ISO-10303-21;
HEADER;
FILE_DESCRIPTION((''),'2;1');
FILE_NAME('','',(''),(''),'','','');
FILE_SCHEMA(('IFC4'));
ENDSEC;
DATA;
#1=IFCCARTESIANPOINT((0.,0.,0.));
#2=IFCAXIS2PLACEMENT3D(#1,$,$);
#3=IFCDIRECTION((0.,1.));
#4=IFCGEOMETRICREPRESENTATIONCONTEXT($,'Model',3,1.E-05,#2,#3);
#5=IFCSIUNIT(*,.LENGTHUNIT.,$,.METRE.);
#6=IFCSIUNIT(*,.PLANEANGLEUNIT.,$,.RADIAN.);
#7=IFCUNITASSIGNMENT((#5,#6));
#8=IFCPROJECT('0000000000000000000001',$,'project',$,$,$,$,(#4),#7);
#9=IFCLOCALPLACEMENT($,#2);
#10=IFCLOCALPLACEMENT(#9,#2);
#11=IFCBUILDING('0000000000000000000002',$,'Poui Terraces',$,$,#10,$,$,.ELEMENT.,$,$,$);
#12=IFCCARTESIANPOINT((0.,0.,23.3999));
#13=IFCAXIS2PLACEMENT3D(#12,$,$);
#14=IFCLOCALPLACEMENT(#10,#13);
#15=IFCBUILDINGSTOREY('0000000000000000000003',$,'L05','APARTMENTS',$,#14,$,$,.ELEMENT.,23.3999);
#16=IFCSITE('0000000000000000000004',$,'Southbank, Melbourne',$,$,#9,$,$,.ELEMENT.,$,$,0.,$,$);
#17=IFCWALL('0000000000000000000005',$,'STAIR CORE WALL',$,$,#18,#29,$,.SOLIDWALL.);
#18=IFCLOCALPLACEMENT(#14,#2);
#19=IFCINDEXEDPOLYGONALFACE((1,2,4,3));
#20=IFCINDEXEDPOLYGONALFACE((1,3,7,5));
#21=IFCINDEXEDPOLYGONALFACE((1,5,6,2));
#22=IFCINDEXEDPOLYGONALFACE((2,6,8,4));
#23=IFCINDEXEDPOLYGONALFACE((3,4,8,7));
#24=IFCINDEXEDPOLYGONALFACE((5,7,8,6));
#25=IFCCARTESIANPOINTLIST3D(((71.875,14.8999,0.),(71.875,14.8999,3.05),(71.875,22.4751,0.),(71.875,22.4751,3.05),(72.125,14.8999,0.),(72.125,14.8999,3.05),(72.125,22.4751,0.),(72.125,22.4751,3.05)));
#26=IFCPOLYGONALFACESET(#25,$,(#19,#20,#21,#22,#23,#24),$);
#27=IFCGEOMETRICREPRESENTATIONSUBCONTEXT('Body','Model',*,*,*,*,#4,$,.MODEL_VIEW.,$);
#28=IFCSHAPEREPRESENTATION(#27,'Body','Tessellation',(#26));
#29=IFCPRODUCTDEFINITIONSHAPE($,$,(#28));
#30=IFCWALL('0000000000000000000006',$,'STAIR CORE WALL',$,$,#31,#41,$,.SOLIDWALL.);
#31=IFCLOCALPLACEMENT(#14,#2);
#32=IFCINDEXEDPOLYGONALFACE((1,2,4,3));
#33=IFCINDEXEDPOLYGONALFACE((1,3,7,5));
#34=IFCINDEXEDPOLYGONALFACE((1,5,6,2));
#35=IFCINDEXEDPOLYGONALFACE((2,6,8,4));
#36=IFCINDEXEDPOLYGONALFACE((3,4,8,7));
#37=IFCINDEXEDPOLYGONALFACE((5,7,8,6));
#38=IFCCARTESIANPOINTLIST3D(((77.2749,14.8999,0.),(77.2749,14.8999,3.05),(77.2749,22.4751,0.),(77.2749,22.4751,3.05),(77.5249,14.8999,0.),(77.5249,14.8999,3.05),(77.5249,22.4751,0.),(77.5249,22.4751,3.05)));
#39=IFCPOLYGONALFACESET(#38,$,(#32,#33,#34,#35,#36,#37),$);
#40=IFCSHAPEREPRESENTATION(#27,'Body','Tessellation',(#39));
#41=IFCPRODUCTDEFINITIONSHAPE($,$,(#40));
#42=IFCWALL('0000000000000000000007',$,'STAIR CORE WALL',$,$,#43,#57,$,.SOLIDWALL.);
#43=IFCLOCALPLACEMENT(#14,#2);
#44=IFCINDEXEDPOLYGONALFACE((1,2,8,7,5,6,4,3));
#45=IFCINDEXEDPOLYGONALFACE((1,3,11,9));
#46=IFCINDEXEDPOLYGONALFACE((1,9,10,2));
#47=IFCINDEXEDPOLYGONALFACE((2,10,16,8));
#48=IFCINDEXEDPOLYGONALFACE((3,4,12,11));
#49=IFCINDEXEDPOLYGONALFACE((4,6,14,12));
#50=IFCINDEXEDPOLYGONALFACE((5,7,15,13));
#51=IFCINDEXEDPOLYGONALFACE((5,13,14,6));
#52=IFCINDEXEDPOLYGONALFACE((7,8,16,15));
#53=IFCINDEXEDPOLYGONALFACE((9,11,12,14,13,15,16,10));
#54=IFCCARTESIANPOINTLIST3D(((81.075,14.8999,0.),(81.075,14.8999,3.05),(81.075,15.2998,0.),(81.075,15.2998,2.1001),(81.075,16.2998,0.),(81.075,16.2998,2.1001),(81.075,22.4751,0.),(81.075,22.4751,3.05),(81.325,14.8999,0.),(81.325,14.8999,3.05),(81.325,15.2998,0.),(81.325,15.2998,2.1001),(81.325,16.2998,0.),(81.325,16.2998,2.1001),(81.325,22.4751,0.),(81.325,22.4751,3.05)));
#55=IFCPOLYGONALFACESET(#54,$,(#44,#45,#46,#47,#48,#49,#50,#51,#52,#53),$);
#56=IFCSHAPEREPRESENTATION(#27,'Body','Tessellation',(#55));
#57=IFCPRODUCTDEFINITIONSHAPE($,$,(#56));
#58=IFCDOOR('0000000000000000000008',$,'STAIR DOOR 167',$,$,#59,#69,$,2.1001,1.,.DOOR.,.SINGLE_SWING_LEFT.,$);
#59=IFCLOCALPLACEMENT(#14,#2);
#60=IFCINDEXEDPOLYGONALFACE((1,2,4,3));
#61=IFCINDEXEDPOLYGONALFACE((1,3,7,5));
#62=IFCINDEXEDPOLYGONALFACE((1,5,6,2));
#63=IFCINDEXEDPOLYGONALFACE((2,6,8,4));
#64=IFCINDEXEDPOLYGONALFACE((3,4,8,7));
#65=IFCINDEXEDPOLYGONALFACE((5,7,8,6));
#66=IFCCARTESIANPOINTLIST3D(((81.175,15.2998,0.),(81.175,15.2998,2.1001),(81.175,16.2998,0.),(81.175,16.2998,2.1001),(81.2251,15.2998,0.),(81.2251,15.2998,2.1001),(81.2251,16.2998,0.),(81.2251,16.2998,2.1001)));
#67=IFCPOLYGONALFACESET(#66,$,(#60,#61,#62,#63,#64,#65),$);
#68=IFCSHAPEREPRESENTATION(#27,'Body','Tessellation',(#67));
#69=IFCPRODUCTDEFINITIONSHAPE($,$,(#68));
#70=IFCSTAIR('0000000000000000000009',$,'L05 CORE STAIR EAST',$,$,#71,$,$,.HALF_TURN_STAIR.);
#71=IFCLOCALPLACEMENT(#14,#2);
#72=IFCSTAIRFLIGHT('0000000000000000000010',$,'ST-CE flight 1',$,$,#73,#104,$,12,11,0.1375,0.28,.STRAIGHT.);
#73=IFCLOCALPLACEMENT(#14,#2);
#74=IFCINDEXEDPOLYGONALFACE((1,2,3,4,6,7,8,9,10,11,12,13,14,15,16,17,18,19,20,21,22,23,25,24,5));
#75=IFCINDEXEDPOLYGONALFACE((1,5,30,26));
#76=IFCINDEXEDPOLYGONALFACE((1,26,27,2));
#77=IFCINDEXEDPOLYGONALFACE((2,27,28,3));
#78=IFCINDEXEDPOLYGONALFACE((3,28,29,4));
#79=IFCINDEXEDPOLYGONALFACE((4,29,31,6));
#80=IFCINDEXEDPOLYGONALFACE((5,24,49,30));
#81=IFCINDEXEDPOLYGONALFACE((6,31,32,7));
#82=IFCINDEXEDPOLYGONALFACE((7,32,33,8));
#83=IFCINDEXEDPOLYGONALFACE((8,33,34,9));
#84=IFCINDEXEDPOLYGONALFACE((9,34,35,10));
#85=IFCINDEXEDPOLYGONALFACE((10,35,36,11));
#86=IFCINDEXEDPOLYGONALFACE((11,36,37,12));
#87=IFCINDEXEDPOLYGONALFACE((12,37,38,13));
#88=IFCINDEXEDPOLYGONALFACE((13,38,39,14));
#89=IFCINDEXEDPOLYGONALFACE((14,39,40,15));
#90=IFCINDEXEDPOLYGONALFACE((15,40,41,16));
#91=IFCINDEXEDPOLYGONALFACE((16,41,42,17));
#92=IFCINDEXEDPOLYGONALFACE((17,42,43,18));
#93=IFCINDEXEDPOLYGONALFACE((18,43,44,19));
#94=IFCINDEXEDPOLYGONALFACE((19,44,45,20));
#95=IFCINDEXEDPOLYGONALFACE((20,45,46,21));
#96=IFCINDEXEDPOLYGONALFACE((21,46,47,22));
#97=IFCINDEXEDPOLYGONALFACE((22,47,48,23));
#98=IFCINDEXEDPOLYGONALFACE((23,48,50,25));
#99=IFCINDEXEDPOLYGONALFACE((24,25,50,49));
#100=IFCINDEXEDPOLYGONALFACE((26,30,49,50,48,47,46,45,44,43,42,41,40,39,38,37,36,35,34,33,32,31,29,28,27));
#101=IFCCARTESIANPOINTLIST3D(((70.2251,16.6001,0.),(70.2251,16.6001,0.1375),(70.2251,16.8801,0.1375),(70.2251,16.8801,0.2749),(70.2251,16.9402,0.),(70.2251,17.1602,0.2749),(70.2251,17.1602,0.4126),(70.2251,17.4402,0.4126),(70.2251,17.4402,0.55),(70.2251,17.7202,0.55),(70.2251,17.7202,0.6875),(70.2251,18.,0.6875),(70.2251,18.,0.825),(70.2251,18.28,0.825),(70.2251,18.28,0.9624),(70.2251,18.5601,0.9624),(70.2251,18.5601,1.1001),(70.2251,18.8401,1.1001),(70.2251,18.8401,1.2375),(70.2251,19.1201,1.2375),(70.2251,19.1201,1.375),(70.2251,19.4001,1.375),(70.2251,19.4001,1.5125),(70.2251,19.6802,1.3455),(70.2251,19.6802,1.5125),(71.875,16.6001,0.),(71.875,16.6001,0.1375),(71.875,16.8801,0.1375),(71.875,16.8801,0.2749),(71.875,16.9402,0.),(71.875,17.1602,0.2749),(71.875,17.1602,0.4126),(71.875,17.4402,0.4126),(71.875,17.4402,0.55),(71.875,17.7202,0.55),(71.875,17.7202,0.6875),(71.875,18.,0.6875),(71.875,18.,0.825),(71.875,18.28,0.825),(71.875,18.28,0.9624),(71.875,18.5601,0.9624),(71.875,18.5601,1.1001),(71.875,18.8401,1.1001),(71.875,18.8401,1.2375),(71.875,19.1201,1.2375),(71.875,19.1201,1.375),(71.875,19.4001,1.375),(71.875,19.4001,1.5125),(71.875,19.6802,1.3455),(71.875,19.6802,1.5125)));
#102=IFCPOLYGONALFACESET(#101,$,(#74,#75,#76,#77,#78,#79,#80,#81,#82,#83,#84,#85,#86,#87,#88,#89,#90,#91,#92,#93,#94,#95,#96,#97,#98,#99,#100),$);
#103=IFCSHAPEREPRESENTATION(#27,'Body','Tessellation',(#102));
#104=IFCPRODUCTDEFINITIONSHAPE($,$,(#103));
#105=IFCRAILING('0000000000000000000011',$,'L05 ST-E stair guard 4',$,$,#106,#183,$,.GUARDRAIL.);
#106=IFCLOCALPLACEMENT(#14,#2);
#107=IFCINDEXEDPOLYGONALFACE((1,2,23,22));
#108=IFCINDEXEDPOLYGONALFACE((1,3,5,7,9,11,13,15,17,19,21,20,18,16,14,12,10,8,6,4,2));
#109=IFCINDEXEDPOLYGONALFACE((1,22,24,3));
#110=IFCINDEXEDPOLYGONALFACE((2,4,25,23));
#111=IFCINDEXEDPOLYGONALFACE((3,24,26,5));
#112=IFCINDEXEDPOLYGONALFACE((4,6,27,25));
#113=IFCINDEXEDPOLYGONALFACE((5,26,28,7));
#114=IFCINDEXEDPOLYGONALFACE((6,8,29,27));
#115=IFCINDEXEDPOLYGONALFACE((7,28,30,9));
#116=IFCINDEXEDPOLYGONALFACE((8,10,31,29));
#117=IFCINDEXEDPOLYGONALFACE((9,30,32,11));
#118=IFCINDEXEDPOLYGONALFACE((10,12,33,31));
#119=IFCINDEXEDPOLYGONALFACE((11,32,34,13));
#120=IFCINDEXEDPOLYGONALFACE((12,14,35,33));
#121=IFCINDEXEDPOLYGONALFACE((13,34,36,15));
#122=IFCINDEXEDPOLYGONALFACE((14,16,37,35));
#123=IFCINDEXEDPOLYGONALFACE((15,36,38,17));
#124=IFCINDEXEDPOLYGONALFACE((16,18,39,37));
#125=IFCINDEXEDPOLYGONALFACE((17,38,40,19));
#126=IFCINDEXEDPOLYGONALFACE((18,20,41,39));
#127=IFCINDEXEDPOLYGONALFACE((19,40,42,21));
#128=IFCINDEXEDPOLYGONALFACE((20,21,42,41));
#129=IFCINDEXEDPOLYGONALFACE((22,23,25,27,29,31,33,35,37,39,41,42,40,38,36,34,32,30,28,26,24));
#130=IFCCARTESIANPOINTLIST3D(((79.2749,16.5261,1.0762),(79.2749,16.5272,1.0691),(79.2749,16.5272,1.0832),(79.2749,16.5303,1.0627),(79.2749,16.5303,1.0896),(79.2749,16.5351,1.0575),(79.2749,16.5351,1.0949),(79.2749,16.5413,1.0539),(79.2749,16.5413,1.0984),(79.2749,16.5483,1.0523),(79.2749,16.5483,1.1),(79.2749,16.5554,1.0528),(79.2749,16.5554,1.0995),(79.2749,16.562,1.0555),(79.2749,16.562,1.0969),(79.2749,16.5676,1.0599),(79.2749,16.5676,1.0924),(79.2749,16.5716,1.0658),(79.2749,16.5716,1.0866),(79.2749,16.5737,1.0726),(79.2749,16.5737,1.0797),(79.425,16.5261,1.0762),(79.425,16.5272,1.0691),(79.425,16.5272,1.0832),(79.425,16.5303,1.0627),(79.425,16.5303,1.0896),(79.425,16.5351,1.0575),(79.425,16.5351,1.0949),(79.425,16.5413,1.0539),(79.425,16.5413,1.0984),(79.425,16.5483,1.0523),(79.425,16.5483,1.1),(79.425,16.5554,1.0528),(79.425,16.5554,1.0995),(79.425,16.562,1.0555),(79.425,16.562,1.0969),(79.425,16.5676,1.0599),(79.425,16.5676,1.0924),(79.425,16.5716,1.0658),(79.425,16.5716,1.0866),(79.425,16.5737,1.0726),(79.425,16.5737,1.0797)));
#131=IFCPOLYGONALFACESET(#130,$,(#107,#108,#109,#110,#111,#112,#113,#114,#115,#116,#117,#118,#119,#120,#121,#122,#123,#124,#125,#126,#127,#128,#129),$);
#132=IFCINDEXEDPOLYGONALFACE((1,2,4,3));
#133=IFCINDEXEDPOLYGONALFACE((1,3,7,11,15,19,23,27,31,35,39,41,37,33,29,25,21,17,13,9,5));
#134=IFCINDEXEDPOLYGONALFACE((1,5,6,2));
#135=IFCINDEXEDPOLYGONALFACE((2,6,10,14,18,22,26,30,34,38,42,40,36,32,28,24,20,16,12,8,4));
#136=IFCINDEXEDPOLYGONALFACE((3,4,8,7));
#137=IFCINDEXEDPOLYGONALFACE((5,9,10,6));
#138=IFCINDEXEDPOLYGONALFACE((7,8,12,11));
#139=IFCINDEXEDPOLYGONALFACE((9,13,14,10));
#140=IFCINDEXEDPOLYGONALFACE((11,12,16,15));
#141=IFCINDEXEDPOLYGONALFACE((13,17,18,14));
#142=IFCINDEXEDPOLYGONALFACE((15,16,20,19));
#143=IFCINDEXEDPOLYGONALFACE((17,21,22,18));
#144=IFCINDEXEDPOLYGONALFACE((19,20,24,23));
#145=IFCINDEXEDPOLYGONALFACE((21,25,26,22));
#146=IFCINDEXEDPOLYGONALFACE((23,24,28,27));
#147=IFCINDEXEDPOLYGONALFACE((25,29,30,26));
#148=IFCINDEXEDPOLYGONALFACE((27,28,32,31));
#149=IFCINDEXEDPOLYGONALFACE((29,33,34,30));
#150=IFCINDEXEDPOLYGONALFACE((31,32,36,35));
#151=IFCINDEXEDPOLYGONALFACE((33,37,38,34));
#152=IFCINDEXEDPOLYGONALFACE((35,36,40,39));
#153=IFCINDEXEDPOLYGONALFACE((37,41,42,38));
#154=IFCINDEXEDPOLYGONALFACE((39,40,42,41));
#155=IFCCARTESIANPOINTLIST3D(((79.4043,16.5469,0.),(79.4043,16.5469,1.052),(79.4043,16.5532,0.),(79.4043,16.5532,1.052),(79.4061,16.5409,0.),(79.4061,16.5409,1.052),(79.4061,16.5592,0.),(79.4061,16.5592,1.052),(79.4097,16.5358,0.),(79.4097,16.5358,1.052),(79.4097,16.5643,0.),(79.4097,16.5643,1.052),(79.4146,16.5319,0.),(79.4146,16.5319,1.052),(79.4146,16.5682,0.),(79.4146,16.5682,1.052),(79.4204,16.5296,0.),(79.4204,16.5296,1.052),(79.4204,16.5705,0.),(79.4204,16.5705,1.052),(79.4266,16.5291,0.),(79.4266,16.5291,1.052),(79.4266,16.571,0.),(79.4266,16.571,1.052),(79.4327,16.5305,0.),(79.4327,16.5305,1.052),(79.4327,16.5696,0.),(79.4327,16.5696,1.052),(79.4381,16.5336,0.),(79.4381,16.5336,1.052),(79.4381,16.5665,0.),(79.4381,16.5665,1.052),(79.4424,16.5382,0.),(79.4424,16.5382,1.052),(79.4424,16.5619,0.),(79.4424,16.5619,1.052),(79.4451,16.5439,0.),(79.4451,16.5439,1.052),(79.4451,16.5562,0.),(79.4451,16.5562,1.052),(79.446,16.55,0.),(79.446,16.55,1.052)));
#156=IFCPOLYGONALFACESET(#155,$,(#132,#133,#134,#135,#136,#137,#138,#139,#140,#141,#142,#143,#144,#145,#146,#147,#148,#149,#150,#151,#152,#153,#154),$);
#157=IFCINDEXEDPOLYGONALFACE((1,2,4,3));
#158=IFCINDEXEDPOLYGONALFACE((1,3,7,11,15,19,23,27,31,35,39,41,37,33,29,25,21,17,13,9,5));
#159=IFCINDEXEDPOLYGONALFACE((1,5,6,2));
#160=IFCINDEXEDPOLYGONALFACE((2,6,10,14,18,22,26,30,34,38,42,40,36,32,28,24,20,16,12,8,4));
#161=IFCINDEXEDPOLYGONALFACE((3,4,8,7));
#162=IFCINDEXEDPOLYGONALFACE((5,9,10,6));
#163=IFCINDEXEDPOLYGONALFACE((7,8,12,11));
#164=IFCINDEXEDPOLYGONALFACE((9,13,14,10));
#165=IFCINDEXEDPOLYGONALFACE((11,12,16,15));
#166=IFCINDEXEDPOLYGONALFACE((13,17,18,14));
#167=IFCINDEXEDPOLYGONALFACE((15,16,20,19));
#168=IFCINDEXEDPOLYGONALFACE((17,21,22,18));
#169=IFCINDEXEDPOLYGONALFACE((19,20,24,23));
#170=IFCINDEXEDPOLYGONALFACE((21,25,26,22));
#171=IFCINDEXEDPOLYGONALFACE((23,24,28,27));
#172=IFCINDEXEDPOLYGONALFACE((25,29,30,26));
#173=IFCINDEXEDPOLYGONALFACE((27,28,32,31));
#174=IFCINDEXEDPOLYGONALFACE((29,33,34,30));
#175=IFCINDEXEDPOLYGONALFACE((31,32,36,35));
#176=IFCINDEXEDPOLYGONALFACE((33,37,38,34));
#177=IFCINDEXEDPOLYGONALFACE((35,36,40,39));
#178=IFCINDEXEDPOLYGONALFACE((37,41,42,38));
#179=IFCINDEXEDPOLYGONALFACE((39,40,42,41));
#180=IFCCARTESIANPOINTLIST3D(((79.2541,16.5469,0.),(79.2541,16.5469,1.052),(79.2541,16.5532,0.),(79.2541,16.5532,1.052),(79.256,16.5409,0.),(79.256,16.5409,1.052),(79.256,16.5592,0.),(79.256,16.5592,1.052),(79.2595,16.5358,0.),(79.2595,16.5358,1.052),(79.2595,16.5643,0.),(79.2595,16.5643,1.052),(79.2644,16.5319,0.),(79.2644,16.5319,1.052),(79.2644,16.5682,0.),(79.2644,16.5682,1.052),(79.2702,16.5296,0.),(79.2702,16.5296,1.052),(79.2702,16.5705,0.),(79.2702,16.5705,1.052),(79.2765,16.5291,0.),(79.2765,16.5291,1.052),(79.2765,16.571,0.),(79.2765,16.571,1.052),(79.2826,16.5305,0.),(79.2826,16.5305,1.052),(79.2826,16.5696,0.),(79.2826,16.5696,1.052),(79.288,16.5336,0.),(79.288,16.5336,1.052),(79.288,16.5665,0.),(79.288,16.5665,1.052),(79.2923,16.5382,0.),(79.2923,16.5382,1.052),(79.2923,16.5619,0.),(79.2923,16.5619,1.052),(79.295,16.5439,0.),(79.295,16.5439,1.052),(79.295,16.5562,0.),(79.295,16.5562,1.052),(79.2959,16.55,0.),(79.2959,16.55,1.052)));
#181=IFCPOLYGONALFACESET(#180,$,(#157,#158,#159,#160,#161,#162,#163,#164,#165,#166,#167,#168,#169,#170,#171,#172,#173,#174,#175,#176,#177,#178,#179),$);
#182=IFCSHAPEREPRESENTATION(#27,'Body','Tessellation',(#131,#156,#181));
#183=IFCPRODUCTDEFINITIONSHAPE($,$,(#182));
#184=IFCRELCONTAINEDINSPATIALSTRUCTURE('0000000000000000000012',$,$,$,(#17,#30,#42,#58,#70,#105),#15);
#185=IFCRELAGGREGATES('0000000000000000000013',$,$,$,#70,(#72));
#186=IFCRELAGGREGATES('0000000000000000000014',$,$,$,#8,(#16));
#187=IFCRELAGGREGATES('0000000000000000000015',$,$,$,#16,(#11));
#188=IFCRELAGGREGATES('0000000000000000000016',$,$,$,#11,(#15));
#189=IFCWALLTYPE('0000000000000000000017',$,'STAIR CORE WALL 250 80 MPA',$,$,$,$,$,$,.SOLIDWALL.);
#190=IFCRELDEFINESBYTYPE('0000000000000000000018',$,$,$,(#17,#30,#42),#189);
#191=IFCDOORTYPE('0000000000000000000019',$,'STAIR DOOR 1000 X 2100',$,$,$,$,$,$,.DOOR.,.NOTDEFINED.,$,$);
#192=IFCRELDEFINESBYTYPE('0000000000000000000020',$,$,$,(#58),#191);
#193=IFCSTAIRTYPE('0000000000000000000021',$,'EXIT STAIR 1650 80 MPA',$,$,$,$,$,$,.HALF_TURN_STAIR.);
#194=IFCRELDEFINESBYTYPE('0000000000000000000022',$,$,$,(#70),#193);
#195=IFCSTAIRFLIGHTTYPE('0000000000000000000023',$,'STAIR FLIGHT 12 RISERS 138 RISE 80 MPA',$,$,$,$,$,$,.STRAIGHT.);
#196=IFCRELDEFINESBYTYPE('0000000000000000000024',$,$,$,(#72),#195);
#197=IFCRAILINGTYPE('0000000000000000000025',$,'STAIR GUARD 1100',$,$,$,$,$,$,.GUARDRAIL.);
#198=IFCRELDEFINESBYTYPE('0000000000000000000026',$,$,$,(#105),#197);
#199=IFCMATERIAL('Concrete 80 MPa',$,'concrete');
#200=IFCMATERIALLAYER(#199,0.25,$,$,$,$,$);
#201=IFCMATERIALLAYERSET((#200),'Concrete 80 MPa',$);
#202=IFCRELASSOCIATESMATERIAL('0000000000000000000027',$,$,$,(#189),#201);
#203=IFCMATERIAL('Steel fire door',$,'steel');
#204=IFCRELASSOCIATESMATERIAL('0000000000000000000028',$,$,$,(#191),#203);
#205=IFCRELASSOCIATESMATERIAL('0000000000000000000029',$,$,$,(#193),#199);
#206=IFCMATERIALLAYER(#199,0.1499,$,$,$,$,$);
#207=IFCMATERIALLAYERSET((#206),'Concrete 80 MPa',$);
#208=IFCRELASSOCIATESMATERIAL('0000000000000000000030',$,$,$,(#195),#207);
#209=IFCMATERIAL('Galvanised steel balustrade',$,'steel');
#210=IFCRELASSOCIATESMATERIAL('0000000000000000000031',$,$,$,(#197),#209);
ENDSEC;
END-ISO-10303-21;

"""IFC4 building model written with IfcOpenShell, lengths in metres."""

from ifc_helpers import new_model, si_unit, direction, frame, frame_2d, origin, origin_2d, place, context, subcontext, project, spatial, polyline, rectangle, circle, outline, extrude, material, layer, layer_set, type_object, element, fill, aggregate, save


model = new_model("IFC4")

# Units and contexts
model_context = context("Model", 3, precision=1e-05, world=origin(), true_north=direction((0.0, 1.0)))
body_context = subcontext(model_context, "Body", "Model", "MODEL_VIEW")
ifc_project = project(units=[si_unit("LENGTHUNIT", "METRE"), si_unit("PLANEANGLEUNIT", "RADIAN")], contexts=[model_context])

# Site, building, storey
site_placement = place(None, origin())
site = spatial("IfcSite", under=ifc_project, at=site_placement, Name="Southbank, Melbourne", CompositionType="ELEMENT", RefElevation=0.0)
building_placement = place(site_placement, origin())
building = spatial("IfcBuilding", under=site, at=building_placement, Name="Poui Terraces", CompositionType="ELEMENT")
storey_placement = place(building_placement, frame((0.0, 0.0, 23.3999)))
storey = spatial("IfcBuildingStorey", under=building, at=storey_placement, Name="L05", Description="APARTMENTS", CompositionType="ELEMENT", Elevation=23.3999)

# Shared definitions
ifc_material_1 = material(Name="Concrete 80 MPa", Category="concrete")

# Shared definitions
ifc_material_2 = material(Name="Steel fire door", Category="steel")

# Walls
ifc_layer_1 = layer(ifc_material_1, 0.25)
ifc_layer_set_1 = layer_set([ifc_layer_1], Name="Concrete 80 MPa")
wall_type_1 = type_object("IfcWallType", Name="STAIR CORE WALL 250 80 MPA", PredefinedType="SOLIDWALL", material=ifc_layer_set_1)
for number, where, z_axis, x_axis, name in (
    (1, (72.0, 14.8999, 0.0), (0.0, 0.0, 1.0), (0.0, 1.0, 0.0), "STAIR CORE WALL"),
    (2, (77.3999, 14.8999, 0.0), (0.0, 0.0, 1.0), (0.0, 1.0, 0.0), "STAIR CORE WALL"),
):
    element("IfcWall", number, at=place(storey_placement, frame(where, z_axis=z_axis, x_axis=x_axis)), inside=storey, type_object=wall_type_1, Name=name, PredefinedType="SOLIDWALL", context=body_context, shape_type="SweptSolid", body=[
        extrude(rectangle(XDim=7.5752, YDim=0.25, at=frame_2d((3.7876, 0.0))), origin(), (0.0, 0.0, 1.0), 3.05),
    ])

# Wall, opening, door
wall_1_placement = place(storey_placement, frame((81.2, 14.8999, 0.0), z_axis=(0.0, 0.0, 1.0), x_axis=(0.0, 1.0, 0.0)))
wall_1 = element("IfcWall", 3, at=wall_1_placement, inside=storey, type_object=wall_type_1, Name="STAIR CORE WALL", PredefinedType="SOLIDWALL", context=body_context, shape_type="SweptSolid", body=[
    extrude(rectangle(XDim=7.5752, YDim=0.25, at=frame_2d((3.7876, 0.0))), origin(), (0.0, 0.0, 1.0), 3.05),
])
opening_1_placement = place(wall_1_placement, frame((0.3999, 0.0, 0.0)))
opening_1 = element("IfcOpeningElement", 4, at=opening_1_placement, cuts=wall_1, PredefinedType="OPENING", context=body_context, shape_type="SweptSolid", body=[
    extrude(rectangle(XDim=1.0, YDim=2.1001, at=frame_2d((0.5, 1.05))), frame((0.0, 0.135, 0.0), z_axis=(0.0, -1.0, 0.0), x_axis=(1.0, 0.0, 0.0)), (0.0, 0.0, 1.0), 0.27),
])
door_type_1 = type_object("IfcDoorType", Name="STAIR DOOR 1000 X 2100", OperationType="NOTDEFINED", PredefinedType="DOOR", material=ifc_material_2)
door_1_placement = place(opening_1_placement, origin())
door_1 = element("IfcDoor", 5, at=door_1_placement, inside=storey, type_object=door_type_1, Name="STAIR DOOR 167", OperationType="SINGLE_SWING_LEFT", OverallHeight=2.1001, OverallWidth=1.0, PredefinedType="DOOR", context=body_context, shape_type="SweptSolid", body=[
    extrude(rectangle(XDim=1.0, YDim=2.1001, at=frame_2d((0.5, 1.05))), frame((0.0, 0.0249, 0.0), z_axis=(0.0, -1.0, 0.0), x_axis=(1.0, 0.0, 0.0)), (0.0, 0.0, 1.0), 0.05),
])
fill(opening_1, door_1)

# Stair, stair flight
stair_type = type_object("IfcStairType", Name="EXIT STAIR 1650 80 MPA", PredefinedType="HALF_TURN_STAIR", material=ifc_material_1)
stair_placement = place(storey_placement, origin())
stair = element("IfcStair", 6, at=stair_placement, inside=storey, type_object=stair_type, Name="L05 CORE STAIR EAST", PredefinedType="HALF_TURN_STAIR")
ifc_layer_2 = layer(ifc_material_1, 0.1499)
ifc_layer_set_2 = layer_set([ifc_layer_2], Name="Concrete 80 MPa")
stair_flight_type = type_object("IfcStairFlightType", Name="STAIR FLIGHT 12 RISERS 138 RISE 80 MPA", PredefinedType="STRAIGHT", material=ifc_layer_set_2)
stair_flight_placement = place(storey_placement, frame((71.05, 16.6001, 0.0), z_axis=(0.0, 0.0, 1.0), x_axis=(0.0, 1.0, 0.0)))
stair_flight = element("IfcStairFlight", 7, at=stair_flight_placement, type_object=stair_flight_type, Name="ST-CE flight 1", NumberOfRisers=12, NumberOfTreads=11, PredefinedType="STRAIGHT", RiserHeight=0.1375, TreadLength=0.28, context=body_context, shape_type="SweptSolid", body=[
    extrude(outline(polyline([(0.0, 0.0), (0.0, 0.1375), (0.28, 0.1375), (0.28, 0.2749), (0.5601, 0.2749), (0.5601, 0.4126), (0.8401, 0.4126), (0.8401, 0.55), (1.1201, 0.55), (1.1201, 0.6875), (1.3999, 0.6875), (1.3999, 0.825), (1.6799, 0.825), (1.6799, 0.9624), (1.96, 0.9624), (1.96, 1.1001), (2.24, 1.1001), (2.24, 1.2375), (2.52, 1.2375), (2.52, 1.375), (2.8, 1.375), (2.8, 1.5125), (3.0801, 1.5125), (3.0801, 1.6499), (3.0801, 1.3455), (0.3401, 0.0), (0.0, 0.0)])), frame((0.0, 0.825, 0.0), z_axis=(0.0, -1.0, 0.0), x_axis=(1.0, 0.0, 0.0)), (0.0, 0.0, 1.0), 1.6499),
])
aggregate(stair, [stair_flight])

# Railing
ifc_material_3 = material(Name="Galvanised steel balustrade", Category="steel")
railing_type_1 = type_object("IfcRailingType", Name="STAIR GUARD 1100", PredefinedType="GUARDRAIL", material=ifc_material_3)
railing_1_placement = place(storey_placement, frame((79.425, 16.55, 0.0)))
element("IfcRailing", 8, at=railing_1_placement, inside=storey, type_object=railing_type_1, Name="L05 ST-E stair guard 4", PredefinedType="GUARDRAIL", context=body_context, shape_type="SweptSolid", body=[
    extrude(circle(Radius=0.0239, at=origin_2d()), frame((0.0, 0.0, 1.0762), z_axis=(-1.0, 0.0, 0.0), x_axis=(0.0, -1.0, 0.0)), (0.0, 0.0, 1.0), 0.1501),
    extrude(circle(Radius=0.021, at=origin_2d()), origin(), (0.0, 0.0, 1.0), 1.052),
    extrude(circle(Radius=0.021, at=origin_2d()), frame((-0.1501, 0.0, 0.0)), (0.0, 0.0, 1.0), 1.052),
])

save(model, "model.ifc")
